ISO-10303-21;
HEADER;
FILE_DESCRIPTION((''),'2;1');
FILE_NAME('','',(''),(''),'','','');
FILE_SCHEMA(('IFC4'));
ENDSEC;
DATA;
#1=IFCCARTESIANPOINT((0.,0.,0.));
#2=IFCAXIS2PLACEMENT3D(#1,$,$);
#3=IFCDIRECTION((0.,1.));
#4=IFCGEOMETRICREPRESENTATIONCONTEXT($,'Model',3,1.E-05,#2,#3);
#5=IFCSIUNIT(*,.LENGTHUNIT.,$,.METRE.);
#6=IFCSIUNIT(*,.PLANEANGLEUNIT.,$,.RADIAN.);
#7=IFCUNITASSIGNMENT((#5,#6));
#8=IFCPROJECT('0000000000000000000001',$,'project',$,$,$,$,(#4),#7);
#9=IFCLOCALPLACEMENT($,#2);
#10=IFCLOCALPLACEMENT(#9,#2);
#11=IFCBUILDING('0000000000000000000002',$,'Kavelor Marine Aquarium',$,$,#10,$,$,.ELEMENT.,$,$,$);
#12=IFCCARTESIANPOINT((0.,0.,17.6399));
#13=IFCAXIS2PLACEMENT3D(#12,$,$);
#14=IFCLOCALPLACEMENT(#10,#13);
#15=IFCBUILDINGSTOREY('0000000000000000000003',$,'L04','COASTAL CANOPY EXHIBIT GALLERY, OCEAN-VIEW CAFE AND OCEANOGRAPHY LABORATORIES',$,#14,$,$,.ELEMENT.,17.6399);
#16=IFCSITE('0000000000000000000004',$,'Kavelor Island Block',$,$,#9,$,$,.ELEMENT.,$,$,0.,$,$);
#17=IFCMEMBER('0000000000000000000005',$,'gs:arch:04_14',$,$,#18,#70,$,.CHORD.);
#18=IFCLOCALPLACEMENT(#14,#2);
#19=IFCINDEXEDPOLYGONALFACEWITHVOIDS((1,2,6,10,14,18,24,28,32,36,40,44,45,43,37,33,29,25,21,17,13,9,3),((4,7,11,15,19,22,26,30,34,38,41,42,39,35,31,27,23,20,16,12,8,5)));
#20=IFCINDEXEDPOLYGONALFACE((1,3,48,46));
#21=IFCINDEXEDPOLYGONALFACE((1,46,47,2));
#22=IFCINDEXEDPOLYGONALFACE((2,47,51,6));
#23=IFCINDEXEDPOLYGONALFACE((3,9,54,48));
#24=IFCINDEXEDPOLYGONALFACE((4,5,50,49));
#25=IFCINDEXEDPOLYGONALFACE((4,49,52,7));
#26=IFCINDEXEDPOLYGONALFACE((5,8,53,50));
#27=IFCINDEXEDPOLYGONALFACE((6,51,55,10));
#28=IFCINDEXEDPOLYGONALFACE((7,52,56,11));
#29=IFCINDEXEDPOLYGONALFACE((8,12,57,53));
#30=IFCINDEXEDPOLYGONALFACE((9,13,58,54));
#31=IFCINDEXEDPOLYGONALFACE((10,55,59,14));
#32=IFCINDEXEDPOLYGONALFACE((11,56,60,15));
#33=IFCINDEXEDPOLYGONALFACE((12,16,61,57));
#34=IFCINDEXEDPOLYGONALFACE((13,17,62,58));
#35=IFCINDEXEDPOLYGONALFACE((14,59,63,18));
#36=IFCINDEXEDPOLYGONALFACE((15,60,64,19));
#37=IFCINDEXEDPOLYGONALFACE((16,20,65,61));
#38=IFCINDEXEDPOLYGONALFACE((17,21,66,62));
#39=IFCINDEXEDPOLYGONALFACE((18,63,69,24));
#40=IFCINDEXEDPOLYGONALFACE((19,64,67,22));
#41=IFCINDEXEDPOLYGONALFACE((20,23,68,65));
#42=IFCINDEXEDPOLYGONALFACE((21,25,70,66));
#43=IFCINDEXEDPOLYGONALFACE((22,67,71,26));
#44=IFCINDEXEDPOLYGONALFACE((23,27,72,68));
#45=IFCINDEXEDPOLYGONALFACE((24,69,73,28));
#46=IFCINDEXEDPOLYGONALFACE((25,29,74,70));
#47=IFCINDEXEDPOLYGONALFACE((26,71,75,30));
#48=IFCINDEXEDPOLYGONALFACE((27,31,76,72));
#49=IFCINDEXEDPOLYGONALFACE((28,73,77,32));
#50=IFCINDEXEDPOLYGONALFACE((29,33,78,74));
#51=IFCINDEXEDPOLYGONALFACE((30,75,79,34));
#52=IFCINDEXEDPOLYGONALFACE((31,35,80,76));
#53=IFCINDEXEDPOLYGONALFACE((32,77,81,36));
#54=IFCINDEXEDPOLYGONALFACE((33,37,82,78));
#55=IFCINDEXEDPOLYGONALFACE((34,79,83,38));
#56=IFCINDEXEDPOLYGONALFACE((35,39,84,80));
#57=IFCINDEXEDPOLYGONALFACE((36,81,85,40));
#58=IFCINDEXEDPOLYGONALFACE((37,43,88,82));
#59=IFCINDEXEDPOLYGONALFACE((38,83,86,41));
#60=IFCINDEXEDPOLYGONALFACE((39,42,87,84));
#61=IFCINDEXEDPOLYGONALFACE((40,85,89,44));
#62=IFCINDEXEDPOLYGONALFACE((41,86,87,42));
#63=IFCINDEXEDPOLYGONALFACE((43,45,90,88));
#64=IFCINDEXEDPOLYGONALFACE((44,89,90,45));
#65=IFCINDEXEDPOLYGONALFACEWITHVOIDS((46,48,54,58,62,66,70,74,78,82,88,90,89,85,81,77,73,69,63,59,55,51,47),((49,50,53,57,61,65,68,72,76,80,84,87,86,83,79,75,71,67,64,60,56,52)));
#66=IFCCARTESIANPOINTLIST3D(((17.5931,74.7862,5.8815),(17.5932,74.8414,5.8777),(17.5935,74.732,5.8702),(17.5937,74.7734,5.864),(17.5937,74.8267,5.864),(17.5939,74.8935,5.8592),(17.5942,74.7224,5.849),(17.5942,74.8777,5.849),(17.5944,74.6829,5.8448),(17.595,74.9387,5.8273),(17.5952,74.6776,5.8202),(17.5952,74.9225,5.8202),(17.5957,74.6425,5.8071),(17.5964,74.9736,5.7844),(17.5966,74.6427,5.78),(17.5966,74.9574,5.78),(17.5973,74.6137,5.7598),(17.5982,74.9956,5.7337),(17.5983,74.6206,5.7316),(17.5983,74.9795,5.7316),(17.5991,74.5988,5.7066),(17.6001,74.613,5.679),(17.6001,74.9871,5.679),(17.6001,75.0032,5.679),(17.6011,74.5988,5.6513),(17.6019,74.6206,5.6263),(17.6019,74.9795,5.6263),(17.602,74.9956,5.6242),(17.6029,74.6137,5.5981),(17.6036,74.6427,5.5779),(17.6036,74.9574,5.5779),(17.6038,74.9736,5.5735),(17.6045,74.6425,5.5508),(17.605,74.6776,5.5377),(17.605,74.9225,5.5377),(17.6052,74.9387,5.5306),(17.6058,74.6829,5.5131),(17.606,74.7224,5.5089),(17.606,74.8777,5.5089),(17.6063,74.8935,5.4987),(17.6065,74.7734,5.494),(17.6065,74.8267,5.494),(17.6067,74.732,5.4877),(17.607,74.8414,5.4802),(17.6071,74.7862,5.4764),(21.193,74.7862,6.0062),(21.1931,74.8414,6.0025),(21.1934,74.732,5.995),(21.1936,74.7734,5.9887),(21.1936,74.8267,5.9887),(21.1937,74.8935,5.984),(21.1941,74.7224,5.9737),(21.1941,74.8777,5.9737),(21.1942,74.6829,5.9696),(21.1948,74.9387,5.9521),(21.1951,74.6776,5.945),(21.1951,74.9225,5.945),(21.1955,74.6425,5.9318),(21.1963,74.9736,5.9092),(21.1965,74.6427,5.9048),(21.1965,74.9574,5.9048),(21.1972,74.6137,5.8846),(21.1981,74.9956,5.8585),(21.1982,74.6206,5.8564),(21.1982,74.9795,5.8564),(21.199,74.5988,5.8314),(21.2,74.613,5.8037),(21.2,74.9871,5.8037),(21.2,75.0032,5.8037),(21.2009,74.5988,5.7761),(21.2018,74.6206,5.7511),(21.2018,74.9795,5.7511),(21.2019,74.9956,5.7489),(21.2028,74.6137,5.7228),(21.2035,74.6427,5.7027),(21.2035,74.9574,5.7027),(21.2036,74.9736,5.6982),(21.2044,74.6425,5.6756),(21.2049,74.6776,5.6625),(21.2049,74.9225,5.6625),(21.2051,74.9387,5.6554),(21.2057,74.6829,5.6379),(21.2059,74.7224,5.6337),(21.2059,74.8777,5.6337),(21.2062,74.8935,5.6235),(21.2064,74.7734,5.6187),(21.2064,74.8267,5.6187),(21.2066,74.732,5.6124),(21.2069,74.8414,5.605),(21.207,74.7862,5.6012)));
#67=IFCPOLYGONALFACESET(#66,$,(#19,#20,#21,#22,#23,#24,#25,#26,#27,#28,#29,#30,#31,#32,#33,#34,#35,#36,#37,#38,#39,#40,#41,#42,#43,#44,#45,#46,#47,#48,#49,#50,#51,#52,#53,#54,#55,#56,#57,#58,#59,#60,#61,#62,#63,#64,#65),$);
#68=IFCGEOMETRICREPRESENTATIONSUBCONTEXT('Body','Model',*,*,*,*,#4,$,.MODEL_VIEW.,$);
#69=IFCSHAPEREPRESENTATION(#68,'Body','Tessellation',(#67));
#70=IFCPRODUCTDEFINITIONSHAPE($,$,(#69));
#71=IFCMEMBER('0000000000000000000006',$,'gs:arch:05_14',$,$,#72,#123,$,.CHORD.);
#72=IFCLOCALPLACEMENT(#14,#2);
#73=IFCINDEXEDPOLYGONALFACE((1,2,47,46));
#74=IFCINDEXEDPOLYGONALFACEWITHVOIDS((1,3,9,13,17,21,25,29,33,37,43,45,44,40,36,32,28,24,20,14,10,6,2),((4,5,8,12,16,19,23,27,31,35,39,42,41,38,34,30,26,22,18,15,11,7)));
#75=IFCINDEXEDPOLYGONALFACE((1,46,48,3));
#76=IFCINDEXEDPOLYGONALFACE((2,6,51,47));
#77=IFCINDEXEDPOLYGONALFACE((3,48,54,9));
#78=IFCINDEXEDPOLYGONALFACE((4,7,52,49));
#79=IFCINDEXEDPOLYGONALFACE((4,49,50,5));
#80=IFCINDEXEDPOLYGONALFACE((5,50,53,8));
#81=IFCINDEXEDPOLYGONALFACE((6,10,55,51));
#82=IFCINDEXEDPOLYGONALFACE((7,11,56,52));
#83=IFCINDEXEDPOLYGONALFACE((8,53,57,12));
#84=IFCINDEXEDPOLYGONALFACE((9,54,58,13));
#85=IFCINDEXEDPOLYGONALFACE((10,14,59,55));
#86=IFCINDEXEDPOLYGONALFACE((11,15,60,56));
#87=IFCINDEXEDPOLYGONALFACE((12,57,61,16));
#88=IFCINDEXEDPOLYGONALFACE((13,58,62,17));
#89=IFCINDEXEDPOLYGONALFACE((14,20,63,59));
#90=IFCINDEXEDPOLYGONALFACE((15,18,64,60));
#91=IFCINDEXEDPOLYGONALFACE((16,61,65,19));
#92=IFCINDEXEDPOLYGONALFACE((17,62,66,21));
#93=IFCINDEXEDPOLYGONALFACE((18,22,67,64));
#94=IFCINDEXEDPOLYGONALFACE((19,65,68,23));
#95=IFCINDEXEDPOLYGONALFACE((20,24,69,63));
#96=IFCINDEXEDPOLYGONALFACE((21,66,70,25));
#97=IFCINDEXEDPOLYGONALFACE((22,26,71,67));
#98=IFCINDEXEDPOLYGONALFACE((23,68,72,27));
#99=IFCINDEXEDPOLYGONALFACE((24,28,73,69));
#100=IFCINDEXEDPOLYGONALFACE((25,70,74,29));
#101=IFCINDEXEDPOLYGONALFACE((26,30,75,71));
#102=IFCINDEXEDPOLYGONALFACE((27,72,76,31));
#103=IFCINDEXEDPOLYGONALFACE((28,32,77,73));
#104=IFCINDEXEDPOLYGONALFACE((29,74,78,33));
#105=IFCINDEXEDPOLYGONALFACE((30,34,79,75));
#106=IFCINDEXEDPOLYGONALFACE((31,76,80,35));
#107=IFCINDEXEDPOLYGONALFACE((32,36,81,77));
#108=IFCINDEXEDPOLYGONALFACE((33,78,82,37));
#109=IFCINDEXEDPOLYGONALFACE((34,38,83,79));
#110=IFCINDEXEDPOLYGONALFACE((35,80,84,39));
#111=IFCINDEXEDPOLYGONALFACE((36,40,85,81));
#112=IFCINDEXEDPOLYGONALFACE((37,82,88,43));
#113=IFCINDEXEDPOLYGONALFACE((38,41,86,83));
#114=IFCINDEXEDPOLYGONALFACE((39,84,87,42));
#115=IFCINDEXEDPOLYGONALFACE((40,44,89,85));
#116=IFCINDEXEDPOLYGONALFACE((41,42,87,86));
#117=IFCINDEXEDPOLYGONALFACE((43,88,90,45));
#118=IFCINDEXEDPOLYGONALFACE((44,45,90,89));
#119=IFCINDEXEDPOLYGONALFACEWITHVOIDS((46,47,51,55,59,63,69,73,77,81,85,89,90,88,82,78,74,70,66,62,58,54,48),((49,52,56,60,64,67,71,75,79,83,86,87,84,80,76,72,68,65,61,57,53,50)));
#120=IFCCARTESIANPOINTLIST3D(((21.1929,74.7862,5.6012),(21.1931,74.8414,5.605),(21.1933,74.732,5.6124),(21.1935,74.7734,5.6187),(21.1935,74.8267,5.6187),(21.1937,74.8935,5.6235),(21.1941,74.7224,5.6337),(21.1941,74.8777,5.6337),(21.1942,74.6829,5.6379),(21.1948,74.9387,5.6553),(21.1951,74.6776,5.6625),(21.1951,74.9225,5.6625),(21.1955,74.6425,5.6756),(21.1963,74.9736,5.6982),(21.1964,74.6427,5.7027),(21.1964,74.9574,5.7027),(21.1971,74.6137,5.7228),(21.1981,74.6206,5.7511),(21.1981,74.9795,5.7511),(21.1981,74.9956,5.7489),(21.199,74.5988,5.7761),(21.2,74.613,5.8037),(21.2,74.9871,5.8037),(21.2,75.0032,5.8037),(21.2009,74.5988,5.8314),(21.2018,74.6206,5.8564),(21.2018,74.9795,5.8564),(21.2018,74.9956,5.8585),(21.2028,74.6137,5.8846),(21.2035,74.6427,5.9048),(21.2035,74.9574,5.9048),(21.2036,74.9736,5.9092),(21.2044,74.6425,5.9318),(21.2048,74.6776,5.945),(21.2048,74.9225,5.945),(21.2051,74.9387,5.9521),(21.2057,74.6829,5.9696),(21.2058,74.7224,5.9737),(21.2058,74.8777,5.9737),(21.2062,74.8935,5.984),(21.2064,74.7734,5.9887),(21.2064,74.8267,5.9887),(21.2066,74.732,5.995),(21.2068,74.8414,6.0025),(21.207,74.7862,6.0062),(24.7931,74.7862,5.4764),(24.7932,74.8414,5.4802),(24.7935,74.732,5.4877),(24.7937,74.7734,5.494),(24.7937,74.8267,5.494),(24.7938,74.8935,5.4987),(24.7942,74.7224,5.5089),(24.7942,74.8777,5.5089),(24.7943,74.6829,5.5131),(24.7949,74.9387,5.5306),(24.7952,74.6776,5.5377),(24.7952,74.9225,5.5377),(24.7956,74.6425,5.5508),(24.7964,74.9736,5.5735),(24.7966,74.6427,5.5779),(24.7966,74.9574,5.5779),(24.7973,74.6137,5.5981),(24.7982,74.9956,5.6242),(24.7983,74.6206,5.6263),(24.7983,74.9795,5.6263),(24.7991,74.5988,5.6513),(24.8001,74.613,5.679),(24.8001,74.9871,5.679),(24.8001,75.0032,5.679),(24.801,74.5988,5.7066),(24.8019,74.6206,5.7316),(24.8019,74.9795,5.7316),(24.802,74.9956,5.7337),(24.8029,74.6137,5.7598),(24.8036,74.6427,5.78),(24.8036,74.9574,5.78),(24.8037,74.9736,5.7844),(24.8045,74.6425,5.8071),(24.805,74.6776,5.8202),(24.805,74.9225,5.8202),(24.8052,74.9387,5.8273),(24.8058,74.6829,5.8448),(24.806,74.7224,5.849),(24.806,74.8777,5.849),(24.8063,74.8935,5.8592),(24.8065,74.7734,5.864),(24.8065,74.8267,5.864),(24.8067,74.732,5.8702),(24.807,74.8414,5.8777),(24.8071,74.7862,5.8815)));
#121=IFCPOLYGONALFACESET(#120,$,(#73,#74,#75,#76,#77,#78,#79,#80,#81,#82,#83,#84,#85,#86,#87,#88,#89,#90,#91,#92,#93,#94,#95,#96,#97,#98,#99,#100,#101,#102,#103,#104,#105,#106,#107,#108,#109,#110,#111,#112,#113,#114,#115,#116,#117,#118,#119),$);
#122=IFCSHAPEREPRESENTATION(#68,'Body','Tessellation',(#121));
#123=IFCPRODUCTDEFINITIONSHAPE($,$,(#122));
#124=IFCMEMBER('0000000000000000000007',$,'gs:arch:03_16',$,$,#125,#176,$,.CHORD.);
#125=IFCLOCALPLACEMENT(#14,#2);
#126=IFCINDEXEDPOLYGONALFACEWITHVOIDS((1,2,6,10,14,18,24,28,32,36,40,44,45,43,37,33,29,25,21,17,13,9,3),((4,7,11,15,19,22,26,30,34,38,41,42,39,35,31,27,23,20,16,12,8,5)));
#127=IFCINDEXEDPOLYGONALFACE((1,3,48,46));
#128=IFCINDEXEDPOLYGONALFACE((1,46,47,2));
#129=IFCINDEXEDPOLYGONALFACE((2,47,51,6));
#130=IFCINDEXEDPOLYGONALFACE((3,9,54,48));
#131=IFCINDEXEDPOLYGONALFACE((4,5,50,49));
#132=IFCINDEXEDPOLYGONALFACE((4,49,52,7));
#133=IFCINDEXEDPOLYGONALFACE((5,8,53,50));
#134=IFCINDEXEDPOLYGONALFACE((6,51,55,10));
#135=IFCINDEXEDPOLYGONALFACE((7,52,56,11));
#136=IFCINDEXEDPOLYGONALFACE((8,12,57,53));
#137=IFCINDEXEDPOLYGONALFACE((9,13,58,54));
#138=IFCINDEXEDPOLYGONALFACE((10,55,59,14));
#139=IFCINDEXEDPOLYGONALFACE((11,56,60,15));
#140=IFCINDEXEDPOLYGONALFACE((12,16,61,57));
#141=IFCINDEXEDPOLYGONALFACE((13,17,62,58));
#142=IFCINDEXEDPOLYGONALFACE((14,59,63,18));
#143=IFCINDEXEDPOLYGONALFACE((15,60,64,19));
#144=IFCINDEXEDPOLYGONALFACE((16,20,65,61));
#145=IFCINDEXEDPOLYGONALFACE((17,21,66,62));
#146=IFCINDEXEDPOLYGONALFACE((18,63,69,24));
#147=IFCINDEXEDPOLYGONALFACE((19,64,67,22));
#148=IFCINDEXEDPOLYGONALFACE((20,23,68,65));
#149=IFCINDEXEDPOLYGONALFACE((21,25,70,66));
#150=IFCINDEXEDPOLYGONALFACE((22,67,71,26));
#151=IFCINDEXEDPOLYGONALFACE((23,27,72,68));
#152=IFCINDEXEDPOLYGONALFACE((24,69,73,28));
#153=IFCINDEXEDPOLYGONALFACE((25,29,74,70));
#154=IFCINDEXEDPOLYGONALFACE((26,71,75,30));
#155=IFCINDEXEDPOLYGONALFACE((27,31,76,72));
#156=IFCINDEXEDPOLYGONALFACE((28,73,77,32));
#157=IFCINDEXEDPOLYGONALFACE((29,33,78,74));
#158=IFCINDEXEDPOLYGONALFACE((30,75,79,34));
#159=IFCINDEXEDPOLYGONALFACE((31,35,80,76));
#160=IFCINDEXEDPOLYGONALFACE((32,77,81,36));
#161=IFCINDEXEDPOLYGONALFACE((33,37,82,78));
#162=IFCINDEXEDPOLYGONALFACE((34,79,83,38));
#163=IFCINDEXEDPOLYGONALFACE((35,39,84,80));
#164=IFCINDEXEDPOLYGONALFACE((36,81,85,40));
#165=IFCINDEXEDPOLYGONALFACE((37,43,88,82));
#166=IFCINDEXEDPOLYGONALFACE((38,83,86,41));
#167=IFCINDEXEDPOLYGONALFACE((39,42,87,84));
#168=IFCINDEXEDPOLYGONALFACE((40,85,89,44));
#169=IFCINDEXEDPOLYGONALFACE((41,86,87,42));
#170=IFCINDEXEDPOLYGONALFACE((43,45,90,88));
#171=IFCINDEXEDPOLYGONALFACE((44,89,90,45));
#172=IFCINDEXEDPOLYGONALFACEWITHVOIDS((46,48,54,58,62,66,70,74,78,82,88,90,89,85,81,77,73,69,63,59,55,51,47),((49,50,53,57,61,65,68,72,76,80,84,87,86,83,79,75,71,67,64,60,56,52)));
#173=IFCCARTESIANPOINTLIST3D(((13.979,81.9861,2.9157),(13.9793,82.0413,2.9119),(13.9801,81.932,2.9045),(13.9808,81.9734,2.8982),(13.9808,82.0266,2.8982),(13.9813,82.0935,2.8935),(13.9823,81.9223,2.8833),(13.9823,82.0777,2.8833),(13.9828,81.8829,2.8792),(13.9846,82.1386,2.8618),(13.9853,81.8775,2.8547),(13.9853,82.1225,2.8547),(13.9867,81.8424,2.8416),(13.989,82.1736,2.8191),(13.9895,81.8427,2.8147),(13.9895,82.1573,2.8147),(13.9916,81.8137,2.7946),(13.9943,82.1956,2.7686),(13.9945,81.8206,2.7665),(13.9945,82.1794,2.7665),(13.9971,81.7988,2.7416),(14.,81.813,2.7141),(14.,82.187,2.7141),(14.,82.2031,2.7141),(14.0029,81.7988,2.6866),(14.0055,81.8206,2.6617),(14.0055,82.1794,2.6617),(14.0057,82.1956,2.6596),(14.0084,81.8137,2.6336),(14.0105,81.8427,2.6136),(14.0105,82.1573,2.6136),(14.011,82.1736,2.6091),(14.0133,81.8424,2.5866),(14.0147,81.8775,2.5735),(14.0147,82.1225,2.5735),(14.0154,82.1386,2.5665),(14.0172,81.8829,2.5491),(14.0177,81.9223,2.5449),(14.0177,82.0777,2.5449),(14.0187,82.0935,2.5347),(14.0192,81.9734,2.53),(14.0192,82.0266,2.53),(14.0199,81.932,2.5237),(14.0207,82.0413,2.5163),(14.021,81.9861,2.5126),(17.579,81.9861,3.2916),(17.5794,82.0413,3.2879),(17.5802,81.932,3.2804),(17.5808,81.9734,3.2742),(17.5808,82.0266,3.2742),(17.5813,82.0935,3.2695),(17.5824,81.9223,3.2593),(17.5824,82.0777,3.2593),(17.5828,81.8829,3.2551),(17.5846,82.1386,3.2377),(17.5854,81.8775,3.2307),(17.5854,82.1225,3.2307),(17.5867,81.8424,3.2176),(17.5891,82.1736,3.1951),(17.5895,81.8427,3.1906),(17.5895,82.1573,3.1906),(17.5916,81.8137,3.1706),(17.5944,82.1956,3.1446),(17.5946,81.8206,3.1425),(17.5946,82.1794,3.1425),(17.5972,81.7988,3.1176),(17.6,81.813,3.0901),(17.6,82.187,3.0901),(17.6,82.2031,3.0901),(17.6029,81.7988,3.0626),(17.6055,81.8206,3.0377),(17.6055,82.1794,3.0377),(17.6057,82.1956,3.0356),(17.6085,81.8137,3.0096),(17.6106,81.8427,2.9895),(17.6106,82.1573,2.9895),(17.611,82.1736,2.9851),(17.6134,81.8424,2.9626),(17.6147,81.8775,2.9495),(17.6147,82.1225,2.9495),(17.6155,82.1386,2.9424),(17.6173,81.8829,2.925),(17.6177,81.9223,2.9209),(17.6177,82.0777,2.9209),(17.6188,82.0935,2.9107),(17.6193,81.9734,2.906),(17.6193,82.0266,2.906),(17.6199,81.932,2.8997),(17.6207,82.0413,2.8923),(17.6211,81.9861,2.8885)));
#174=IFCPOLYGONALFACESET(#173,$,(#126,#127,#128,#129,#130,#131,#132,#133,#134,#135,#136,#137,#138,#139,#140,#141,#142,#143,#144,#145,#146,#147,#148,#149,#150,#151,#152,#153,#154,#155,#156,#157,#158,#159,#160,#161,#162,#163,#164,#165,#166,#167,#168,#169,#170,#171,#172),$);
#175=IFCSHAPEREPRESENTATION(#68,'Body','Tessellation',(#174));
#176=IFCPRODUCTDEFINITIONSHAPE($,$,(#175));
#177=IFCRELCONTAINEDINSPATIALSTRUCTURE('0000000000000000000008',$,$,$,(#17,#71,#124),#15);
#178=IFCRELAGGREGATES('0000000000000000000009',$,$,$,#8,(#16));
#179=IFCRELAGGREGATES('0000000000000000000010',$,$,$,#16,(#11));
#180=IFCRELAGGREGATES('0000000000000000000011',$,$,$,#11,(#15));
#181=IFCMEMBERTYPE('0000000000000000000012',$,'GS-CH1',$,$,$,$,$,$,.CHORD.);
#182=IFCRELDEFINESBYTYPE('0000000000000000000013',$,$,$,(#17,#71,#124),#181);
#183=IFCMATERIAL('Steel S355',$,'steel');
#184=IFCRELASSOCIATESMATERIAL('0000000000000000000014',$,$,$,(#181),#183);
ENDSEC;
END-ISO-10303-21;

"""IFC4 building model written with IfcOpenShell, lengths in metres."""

from ifc_helpers import new_model, si_unit, direction, frame, origin, origin_2d, place, context, subcontext, project, spatial, hollow_circle, extrude, material, material_profile, profile_set, type_object, element, save


model = new_model("IFC4")

# Units and contexts
model_context = context("Model", 3, precision=1e-05, world=origin(), true_north=direction((0.0, 1.0)))
body_context = subcontext(model_context, "Body", "Model", "MODEL_VIEW")
ifc_project = project(units=[si_unit("LENGTHUNIT", "METRE"), si_unit("PLANEANGLEUNIT", "RADIAN")], contexts=[model_context])

# Site, building, storey
site_placement = place(None, origin())
site = spatial("IfcSite", under=ifc_project, at=site_placement, Name="Kavelor Island Block", CompositionType="ELEMENT", RefElevation=0.0)
building_placement = place(site_placement, origin())
building = spatial("IfcBuilding", under=site, at=building_placement, Name="Kavelor Marine Aquarium", CompositionType="ELEMENT")
storey_placement = place(building_placement, frame((0.0, 0.0, 17.6399)))
storey = spatial("IfcBuildingStorey", under=building, at=storey_placement, Name="L04", Description="COASTAL CANOPY EXHIBIT GALLERY, OCEAN-VIEW CAFE AND OCEANOGRAPHY LABORATORIES", CompositionType="ELEMENT", Elevation=17.6399)

# Members
ifc_material_1 = material(Name="Steel S355", Category="steel")
ifc_material_profile_1 = material_profile(ifc_material_1, hollow_circle(Radius=0.2031, WallThickness=0.0161, at=origin_2d()), Name="CHS 406.4x16.0")
ifc_profile_set_1 = profile_set([ifc_material_profile_1], Name="Steel S355")
member_type_1 = type_object("IfcMemberType", Name="GS-CH1", PredefinedType="CHORD", material=ifc_profile_set_1)
member_1_placement = place(storey_placement, frame((17.6001, 74.8, 5.679), z_axis=(0.9994, 0.0, 0.034635), x_axis=(0.0, 1.0, 0.0)))
element("IfcMember", 1, at=member_1_placement, inside=storey, type_object=member_type_1, Name="gs:arch:04_14", PredefinedType="CHORD", context=body_context, shape_type="SweptSolid", body=[
    extrude(hollow_circle(Radius=0.2031, WallThickness=0.0161, at=origin_2d()), origin(), (0.0, 0.0, 1.0), 3.6021),
])
member_2_placement = place(storey_placement, frame((21.2, 74.8, 5.8037), z_axis=(0.9994, 0.0, -0.034633), x_axis=(0.0, 1.0, 0.0)))
element("IfcMember", 2, at=member_2_placement, inside=storey, type_object=member_type_1, Name="gs:arch:05_14", PredefinedType="CHORD", context=body_context, shape_type="SweptSolid", body=[
    extrude(hollow_circle(Radius=0.2031, WallThickness=0.0161, at=origin_2d()), origin(), (0.0, 0.0, 1.0), 3.6023),
])
member_3_placement = place(storey_placement, frame((14.0, 82.0, 2.7141), z_axis=(0.994591, 0.0, 0.10387), x_axis=(0.0, 1.0, 0.0)))
element("IfcMember", 3, at=member_3_placement, inside=storey, type_object=member_type_1, Name="gs:arch:03_16", PredefinedType="CHORD", context=body_context, shape_type="SweptSolid", body=[
    extrude(hollow_circle(Radius=0.2031, WallThickness=0.0161, at=origin_2d()), origin(), (0.0, 0.0, 1.0), 3.6196),
])

save(model, "model.ifc")
